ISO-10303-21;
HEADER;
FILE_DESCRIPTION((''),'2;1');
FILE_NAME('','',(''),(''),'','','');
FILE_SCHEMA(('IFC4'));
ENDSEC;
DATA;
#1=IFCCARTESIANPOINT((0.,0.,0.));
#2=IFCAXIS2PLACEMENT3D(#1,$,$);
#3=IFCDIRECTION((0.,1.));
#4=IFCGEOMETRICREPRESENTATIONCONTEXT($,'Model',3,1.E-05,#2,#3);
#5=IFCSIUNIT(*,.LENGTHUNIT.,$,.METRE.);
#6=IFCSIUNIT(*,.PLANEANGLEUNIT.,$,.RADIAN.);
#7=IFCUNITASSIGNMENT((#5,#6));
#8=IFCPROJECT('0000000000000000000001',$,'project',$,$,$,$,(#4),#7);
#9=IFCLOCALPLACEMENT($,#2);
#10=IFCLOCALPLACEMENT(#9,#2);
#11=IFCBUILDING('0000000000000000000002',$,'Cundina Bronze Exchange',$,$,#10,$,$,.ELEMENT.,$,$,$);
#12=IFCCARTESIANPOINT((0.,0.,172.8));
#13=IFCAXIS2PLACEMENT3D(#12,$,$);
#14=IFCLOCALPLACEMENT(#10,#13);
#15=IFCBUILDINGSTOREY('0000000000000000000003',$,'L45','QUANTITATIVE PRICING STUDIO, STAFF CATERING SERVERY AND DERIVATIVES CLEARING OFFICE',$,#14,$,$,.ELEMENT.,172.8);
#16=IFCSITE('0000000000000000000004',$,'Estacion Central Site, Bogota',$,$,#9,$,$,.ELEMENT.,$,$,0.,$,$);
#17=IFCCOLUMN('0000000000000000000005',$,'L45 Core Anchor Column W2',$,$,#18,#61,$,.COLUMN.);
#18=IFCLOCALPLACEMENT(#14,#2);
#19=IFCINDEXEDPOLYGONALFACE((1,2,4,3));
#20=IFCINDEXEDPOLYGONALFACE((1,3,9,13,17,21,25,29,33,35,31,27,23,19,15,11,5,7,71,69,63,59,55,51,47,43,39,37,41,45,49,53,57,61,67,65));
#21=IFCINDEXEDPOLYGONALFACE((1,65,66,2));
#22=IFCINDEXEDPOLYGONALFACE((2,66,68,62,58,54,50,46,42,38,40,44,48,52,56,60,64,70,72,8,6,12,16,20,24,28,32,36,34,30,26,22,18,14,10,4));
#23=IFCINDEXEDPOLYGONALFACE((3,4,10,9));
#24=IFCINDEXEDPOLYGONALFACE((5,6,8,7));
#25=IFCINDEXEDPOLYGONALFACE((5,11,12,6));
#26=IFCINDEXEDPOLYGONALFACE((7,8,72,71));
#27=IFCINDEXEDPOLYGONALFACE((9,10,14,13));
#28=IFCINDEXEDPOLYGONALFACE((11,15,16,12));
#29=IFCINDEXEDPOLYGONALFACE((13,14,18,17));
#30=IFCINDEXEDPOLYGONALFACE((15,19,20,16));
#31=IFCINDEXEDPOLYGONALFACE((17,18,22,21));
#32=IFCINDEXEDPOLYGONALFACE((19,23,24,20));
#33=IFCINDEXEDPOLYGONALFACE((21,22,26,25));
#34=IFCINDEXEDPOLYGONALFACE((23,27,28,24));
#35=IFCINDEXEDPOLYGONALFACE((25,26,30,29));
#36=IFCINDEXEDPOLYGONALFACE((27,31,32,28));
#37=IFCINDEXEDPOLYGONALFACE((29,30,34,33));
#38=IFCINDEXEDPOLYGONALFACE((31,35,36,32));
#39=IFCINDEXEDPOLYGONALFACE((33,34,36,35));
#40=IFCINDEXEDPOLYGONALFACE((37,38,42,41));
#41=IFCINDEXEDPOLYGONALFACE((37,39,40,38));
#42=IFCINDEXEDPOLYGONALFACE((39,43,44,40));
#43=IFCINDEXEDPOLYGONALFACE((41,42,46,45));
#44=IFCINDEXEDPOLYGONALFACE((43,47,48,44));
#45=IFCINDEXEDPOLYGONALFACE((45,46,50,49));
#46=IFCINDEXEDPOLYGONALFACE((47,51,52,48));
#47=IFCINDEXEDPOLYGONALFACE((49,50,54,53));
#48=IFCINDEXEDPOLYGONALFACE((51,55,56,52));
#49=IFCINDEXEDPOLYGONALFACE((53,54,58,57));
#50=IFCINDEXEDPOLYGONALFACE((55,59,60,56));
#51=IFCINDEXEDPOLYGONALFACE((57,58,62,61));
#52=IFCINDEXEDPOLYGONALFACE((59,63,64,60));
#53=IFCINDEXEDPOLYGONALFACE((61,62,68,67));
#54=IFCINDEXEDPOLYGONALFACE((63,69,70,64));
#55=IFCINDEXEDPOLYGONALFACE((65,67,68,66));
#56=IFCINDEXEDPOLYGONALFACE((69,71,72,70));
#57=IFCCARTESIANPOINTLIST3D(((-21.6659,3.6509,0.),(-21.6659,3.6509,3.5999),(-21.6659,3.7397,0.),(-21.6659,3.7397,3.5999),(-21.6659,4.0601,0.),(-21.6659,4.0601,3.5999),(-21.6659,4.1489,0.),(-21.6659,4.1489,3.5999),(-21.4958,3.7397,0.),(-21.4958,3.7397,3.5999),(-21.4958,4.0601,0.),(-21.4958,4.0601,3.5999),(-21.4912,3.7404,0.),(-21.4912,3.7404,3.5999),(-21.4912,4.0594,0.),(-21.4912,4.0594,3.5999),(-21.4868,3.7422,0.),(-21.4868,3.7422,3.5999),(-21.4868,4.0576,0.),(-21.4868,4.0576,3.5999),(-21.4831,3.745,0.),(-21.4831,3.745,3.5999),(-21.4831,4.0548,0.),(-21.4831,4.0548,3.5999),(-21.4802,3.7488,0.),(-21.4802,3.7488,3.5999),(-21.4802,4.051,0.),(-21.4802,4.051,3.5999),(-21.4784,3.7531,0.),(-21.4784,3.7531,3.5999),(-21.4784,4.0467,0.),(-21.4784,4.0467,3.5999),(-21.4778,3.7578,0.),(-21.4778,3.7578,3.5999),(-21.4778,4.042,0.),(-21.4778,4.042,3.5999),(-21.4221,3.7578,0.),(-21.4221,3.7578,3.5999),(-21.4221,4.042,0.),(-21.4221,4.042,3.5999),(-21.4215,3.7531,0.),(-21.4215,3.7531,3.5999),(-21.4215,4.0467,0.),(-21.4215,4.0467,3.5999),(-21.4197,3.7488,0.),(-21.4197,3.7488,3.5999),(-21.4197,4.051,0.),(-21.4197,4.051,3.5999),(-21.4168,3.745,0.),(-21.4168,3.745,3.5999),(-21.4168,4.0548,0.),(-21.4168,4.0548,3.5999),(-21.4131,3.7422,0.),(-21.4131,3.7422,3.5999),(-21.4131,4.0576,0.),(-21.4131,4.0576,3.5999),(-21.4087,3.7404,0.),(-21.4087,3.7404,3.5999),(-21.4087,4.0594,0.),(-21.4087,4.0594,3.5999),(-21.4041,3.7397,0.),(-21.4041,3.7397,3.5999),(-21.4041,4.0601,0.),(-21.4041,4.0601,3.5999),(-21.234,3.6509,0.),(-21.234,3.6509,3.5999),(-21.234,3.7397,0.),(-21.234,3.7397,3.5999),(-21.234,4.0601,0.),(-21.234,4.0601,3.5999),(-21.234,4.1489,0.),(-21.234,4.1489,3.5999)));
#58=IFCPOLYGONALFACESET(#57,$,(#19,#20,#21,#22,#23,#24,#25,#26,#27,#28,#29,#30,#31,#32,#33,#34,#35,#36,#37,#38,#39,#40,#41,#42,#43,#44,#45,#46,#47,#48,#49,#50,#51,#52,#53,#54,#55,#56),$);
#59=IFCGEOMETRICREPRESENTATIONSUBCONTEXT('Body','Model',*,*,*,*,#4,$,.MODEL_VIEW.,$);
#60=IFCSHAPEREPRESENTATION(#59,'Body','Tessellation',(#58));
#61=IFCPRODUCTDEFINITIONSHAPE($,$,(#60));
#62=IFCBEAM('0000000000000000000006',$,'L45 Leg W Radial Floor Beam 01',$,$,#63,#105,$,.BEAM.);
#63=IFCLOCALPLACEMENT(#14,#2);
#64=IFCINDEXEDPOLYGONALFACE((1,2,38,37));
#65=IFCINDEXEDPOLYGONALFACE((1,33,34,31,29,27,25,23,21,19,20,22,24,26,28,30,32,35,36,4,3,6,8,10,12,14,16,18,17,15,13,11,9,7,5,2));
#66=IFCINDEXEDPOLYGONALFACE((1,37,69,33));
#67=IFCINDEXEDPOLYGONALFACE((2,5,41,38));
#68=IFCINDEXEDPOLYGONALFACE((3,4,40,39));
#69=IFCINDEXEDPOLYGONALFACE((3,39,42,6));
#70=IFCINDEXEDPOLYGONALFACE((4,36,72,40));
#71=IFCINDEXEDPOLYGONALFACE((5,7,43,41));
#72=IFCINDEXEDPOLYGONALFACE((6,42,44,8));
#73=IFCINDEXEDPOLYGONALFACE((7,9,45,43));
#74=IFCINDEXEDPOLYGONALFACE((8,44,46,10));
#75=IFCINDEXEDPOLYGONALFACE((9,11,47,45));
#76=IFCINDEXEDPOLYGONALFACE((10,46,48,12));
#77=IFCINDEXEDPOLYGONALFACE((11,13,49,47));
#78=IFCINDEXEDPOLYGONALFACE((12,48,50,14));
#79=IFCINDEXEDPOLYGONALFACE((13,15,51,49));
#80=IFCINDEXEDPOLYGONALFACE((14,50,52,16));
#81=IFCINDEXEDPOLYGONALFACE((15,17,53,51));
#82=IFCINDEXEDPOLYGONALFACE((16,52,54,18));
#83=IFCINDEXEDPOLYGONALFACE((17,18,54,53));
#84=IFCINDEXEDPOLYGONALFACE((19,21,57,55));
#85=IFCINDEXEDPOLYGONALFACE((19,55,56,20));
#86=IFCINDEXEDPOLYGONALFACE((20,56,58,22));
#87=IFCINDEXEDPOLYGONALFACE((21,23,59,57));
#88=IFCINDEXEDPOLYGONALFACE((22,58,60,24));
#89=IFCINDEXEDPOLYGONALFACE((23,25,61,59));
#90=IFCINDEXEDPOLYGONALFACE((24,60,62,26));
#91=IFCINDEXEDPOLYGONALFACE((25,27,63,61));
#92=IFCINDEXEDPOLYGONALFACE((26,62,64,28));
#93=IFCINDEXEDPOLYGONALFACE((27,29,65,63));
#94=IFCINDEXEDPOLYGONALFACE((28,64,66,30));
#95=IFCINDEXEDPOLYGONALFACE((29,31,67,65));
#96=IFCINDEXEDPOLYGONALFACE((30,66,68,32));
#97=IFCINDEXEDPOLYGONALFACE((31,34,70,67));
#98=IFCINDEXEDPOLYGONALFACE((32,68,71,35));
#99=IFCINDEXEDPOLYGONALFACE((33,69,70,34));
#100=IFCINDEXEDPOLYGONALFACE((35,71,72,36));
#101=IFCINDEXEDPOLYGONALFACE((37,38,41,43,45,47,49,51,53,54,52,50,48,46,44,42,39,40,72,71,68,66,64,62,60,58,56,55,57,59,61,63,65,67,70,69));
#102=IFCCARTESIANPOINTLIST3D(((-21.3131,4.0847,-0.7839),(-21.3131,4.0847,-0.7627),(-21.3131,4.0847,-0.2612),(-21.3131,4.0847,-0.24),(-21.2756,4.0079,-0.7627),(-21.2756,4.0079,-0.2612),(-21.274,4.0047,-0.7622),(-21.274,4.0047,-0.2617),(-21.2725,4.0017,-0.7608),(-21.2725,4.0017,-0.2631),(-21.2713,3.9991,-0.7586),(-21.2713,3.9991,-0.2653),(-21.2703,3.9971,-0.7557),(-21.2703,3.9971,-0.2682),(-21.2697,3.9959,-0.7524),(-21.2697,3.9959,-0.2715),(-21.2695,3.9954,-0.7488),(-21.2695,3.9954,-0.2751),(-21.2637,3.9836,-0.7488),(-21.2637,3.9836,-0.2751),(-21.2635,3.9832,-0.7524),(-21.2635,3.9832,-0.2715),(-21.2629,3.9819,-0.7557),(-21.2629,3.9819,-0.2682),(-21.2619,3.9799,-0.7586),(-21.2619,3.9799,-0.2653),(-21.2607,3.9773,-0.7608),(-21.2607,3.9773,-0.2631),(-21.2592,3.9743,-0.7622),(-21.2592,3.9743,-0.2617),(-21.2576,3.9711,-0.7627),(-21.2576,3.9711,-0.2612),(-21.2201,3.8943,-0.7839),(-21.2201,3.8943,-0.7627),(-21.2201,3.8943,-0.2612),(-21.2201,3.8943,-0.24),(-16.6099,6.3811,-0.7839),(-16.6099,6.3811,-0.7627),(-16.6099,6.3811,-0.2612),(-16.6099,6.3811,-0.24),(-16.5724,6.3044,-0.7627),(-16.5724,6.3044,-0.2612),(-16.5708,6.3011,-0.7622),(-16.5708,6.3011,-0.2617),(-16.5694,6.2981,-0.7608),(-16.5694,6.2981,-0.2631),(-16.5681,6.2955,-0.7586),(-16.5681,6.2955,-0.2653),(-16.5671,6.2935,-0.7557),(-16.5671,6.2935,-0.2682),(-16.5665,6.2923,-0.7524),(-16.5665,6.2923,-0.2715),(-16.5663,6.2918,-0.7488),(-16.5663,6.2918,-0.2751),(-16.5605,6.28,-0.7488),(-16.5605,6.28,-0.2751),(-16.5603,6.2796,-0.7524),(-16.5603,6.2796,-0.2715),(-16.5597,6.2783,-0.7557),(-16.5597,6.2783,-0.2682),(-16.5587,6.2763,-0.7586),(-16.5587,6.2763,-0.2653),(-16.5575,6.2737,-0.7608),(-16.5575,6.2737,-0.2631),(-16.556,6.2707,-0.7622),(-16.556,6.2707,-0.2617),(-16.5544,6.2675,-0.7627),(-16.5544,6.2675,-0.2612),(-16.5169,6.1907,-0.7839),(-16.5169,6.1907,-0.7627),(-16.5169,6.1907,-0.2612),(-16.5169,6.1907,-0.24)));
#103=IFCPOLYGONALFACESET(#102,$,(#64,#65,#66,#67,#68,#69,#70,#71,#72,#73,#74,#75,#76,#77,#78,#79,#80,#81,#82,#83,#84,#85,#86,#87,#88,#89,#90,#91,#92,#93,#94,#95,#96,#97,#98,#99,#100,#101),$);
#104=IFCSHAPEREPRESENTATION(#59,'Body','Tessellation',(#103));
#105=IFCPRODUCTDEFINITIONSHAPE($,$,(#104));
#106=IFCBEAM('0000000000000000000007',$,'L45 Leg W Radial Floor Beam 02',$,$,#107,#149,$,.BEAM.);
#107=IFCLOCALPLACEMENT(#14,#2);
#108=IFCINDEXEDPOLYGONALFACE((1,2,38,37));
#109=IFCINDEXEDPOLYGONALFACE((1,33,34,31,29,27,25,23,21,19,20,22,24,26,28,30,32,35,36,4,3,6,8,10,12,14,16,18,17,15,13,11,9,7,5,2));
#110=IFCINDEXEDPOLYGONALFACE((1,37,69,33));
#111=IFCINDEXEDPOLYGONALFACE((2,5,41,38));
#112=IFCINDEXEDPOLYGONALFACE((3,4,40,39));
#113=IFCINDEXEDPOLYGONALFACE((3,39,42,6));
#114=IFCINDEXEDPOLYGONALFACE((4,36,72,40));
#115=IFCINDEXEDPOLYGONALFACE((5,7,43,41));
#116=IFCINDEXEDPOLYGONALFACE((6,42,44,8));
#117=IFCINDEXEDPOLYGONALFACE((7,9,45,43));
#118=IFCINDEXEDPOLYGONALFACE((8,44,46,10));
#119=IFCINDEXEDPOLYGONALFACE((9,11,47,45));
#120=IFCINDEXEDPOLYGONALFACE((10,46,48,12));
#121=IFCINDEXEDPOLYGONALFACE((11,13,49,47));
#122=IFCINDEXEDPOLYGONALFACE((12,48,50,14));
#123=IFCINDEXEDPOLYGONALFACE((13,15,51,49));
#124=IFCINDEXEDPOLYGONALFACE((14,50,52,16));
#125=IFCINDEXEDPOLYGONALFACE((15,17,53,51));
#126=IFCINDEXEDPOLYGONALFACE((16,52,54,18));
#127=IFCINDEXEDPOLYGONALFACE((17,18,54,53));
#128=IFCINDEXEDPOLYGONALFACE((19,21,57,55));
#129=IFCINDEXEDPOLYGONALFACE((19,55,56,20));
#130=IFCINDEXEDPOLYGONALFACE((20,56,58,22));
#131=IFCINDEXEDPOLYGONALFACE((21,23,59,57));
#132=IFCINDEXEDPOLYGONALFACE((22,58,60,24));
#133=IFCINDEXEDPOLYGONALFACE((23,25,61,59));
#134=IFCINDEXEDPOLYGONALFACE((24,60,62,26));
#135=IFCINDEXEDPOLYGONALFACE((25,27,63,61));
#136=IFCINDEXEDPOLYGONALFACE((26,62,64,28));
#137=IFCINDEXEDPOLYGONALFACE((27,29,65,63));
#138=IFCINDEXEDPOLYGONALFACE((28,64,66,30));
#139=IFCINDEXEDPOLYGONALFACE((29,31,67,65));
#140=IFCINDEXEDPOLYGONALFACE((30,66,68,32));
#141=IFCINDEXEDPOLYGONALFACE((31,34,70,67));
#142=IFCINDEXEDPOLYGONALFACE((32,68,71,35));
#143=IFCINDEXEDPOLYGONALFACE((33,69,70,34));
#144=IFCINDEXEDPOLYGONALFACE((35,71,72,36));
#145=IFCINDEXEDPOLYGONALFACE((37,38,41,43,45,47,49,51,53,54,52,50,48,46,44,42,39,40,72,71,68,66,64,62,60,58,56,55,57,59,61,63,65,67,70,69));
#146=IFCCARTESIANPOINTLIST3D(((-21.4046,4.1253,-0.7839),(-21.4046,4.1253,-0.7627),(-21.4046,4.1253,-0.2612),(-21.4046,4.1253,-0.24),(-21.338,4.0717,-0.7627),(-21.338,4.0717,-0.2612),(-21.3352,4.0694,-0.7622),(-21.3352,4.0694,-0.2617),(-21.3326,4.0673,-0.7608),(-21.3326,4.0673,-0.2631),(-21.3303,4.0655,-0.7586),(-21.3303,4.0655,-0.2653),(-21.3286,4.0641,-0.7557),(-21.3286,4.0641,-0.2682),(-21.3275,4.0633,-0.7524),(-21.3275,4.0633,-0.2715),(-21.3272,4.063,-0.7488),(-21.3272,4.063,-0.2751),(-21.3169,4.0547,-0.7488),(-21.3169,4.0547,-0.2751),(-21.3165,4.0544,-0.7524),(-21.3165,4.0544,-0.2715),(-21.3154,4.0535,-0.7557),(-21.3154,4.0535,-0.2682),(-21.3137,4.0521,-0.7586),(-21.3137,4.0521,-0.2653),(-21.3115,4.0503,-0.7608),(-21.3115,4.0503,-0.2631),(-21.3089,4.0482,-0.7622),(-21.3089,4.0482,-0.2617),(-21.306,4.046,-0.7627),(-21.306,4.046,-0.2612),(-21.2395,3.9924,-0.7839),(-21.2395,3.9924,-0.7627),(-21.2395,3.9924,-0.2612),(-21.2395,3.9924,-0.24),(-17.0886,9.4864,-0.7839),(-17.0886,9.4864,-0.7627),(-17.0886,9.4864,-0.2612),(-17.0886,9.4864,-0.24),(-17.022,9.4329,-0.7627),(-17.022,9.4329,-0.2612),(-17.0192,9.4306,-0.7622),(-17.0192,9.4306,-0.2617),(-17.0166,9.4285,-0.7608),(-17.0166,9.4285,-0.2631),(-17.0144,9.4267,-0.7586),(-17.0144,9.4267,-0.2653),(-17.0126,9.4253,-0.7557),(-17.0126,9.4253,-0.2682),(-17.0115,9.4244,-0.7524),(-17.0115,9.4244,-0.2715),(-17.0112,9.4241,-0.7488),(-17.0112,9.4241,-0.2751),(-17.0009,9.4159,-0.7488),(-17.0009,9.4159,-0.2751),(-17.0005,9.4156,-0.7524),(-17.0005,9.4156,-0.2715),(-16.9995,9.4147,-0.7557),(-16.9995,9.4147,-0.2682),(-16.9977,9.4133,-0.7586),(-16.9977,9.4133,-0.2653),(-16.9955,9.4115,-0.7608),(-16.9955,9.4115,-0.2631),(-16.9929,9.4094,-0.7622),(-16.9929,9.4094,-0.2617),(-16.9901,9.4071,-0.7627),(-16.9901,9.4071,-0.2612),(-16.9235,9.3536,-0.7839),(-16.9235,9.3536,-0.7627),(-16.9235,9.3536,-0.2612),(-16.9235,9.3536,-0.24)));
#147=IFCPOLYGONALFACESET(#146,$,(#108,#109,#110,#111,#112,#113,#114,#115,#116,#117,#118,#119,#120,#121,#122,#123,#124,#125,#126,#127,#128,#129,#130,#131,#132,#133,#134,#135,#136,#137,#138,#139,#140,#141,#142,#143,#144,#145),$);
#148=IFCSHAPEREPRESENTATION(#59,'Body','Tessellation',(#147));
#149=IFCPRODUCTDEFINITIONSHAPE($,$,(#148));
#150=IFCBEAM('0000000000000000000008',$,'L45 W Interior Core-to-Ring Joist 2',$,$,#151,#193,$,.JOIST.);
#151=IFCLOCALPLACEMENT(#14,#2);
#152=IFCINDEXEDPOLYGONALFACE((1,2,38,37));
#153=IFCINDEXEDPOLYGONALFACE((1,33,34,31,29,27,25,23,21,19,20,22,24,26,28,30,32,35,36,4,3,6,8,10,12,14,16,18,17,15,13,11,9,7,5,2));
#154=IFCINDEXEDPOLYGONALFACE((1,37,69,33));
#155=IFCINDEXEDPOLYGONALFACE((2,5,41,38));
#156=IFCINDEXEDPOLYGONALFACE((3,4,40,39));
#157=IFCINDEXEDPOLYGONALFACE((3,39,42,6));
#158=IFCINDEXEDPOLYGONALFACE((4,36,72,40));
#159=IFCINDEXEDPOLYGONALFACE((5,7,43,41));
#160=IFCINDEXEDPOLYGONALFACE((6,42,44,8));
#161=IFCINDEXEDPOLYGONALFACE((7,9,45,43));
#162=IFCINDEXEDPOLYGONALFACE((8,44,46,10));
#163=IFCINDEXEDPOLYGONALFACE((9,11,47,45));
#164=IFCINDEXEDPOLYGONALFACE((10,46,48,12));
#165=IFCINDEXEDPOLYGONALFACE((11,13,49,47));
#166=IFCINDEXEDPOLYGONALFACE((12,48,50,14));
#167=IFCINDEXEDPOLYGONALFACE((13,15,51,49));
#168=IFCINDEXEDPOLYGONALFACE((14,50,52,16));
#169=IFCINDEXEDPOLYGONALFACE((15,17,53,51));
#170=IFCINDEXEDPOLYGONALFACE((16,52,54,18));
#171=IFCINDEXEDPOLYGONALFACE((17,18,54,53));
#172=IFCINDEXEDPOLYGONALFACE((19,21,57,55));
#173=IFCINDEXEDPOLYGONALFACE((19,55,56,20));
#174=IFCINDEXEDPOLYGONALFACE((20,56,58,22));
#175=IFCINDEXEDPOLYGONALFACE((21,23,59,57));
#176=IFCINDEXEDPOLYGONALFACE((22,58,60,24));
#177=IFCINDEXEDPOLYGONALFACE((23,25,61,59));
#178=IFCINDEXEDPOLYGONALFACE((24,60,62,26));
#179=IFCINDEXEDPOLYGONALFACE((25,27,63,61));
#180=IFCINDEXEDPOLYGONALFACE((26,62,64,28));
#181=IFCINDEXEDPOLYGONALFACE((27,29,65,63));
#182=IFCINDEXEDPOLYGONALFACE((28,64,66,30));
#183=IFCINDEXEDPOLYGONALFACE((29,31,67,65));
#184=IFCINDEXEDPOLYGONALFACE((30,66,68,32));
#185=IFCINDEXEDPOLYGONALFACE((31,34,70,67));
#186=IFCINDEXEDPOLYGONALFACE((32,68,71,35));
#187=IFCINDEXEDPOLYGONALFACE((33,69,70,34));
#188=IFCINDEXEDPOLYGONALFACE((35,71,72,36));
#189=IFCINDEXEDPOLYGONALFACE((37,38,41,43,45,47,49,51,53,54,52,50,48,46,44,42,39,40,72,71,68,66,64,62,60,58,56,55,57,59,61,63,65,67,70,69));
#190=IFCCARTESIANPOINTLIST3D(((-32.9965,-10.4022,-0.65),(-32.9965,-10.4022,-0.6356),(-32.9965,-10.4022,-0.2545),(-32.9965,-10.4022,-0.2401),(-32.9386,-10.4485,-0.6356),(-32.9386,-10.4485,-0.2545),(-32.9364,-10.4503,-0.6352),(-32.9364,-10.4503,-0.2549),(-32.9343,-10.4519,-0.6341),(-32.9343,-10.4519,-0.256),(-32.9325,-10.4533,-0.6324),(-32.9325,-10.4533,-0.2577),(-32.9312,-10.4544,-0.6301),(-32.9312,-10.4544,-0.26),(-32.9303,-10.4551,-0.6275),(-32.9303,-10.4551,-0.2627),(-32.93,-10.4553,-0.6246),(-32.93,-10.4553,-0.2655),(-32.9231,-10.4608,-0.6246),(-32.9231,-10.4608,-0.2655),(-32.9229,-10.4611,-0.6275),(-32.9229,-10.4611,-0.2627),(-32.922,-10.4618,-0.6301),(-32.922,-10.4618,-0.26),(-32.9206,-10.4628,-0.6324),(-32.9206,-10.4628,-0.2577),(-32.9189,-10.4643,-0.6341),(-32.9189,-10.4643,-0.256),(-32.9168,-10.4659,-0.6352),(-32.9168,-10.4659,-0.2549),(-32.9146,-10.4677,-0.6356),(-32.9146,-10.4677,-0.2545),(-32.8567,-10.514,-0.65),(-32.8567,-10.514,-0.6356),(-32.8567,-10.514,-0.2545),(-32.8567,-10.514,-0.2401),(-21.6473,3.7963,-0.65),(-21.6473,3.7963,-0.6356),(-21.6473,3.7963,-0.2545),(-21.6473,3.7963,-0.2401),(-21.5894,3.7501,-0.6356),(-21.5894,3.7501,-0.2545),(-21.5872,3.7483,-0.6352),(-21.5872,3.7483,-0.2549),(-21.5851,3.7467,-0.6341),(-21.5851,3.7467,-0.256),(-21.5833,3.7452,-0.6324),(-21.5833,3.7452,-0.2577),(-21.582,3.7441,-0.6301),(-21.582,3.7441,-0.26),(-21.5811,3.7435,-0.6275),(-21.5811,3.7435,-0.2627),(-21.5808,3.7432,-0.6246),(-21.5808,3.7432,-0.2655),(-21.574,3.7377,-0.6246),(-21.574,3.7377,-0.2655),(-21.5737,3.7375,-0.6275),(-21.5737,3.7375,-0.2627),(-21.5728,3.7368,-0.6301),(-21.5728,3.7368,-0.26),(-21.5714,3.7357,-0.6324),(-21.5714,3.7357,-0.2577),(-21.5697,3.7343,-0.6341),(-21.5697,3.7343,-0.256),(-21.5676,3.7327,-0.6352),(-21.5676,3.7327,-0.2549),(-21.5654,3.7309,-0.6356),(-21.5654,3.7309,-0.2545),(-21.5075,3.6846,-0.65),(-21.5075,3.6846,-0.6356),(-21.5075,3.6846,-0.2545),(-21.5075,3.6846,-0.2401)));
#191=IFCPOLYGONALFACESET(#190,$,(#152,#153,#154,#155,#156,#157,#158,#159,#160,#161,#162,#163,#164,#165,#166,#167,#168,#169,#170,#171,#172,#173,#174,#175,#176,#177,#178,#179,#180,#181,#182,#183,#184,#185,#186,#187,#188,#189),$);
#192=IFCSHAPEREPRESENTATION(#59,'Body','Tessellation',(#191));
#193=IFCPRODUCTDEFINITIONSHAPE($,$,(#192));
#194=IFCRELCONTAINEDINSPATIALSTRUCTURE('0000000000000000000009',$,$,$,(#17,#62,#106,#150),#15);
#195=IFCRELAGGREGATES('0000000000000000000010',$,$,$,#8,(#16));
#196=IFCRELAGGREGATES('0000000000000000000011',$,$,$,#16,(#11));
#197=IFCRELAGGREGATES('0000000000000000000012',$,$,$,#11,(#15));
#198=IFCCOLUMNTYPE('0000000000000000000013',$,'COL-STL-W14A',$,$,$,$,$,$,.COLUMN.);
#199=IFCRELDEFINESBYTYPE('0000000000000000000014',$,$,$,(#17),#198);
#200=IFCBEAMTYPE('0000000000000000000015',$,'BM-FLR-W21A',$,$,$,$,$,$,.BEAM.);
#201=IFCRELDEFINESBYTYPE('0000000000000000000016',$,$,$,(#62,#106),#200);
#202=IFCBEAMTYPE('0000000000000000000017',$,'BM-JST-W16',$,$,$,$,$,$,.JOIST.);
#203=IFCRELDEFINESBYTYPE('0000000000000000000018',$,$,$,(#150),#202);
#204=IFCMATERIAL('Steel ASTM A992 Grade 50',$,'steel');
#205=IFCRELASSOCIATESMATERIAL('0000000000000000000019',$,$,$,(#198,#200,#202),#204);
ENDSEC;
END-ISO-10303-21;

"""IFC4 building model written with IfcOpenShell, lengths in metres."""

from ifc_helpers import new_model, si_unit, direction, frame, origin, origin_2d, place, context, subcontext, project, spatial, i_section, extrude, material, material_profile, profile_set, type_object, element, save


model = new_model("IFC4")

# Units and contexts
model_context = context("Model", 3, precision=1e-05, world=origin(), true_north=direction((0.0, 1.0)))
body_context = subcontext(model_context, "Body", "Model", "MODEL_VIEW")
ifc_project = project(units=[si_unit("LENGTHUNIT", "METRE"), si_unit("PLANEANGLEUNIT", "RADIAN")], contexts=[model_context])

# Site, building, storey
site_placement = place(None, origin())
site = spatial("IfcSite", under=ifc_project, at=site_placement, Name="Estacion Central Site, Bogota", CompositionType="ELEMENT", RefElevation=0.0)
building_placement = place(site_placement, origin())
building = spatial("IfcBuilding", under=site, at=building_placement, Name="Cundina Bronze Exchange", CompositionType="ELEMENT")
storey_placement = place(building_placement, frame((0.0, 0.0, 172.8)))
storey = spatial("IfcBuildingStorey", under=building, at=storey_placement, Name="L45", Description="QUANTITATIVE PRICING STUDIO, STAFF CATERING SERVERY AND DERIVATIVES CLEARING OFFICE", CompositionType="ELEMENT", Elevation=172.8)

# Column
ifc_material_1 = material(Name="Steel ASTM A992 Grade 50", Category="steel")
ifc_material_profile_1 = material_profile(ifc_material_1, i_section(OverallWidth=0.4319, OverallDepth=0.498, WebThickness=0.0557, FlangeThickness=0.0889, FilletRadius=0.0181, at=origin_2d()), Name="W14X500", Category="steel")
ifc_profile_set_1 = profile_set([ifc_material_profile_1], Name="Steel ASTM A992 Grade 50")
column_type = type_object("IfcColumnType", Name="COL-STL-W14A", PredefinedType="COLUMN", material=ifc_profile_set_1)
column_placement = place(storey_placement, frame((-21.45, 3.8999, 0.0), z_axis=(0.0, 0.0, 1.0), x_axis=(1.0, 0.0, 0.0)))
element("IfcColumn", 1, at=column_placement, inside=storey, type_object=column_type, Name="L45 Core Anchor Column W2", PredefinedType="COLUMN", context=body_context, shape_type="SweptSolid", body=[
    extrude(i_section(OverallWidth=0.4319, OverallDepth=0.498, WebThickness=0.0557, FlangeThickness=0.0889, FilletRadius=0.0181, at=origin_2d()), origin(), (0.0, 0.0, 1.0), 3.5999),
])

# Beams
ifc_material_profile_2 = material_profile(ifc_material_1, i_section(OverallWidth=0.2119, OverallDepth=0.5439, WebThickness=0.0132, FlangeThickness=0.0212, FilletRadius=0.0139, at=origin_2d()), Name="W21X83", Category="steel")
ifc_profile_set_2 = profile_set([ifc_material_profile_2], Name="Steel ASTM A992 Grade 50")
beam_type_1 = type_object("IfcBeamType", Name="BM-FLR-W21A", PredefinedType="BEAM", material=ifc_profile_set_2)
beam_1_placement = place(storey_placement, frame((-21.2666, 3.9895, -0.512), z_axis=(0.898604, 0.43876, 0.0), x_axis=(-0.43876, 0.898604, 0.0)))
element("IfcBeam", 2, at=beam_1_placement, inside=storey, type_object=beam_type_1, Name="L45 Leg W Radial Floor Beam 01", PredefinedType="BEAM", context=body_context, shape_type="SweptSolid", body=[
    extrude(i_section(OverallWidth=0.2119, OverallDepth=0.5439, WebThickness=0.0132, FlangeThickness=0.0212, FilletRadius=0.0139, at=origin_2d()), origin(), (0.0, 0.0, 1.0), 5.2339),
])
beam_2_placement = place(storey_placement, frame((-21.322, 4.0588, -0.512), z_axis=(0.627089, 0.778948, 0.0), x_axis=(-0.778948, 0.627089, 0.0)))
element("IfcBeam", 3, at=beam_2_placement, inside=storey, type_object=beam_type_1, Name="L45 Leg W Radial Floor Beam 02", PredefinedType="BEAM", context=body_context, shape_type="SweptSolid", body=[
    extrude(i_section(OverallWidth=0.2119, OverallDepth=0.5439, WebThickness=0.0132, FlangeThickness=0.0212, FilletRadius=0.0139, at=origin_2d()), origin(), (0.0, 0.0, 1.0), 6.8826),
])
ifc_material_profile_3 = material_profile(ifc_material_1, i_section(OverallWidth=0.179, OverallDepth=0.4099, WebThickness=0.0088, FlangeThickness=0.0144, FilletRadius=0.011, at=origin_2d()), Name="W16X45", Category="steel")
ifc_profile_set_3 = profile_set([ifc_material_profile_3], Name="Steel ASTM A992 Grade 50")
beam_type_2 = type_object("IfcBeamType", Name="BM-JST-W16", PredefinedType="JOIST", material=ifc_profile_set_3)
beam_3_placement = place(storey_placement, frame((-21.5774, 3.7405, -0.4451), z_axis=(-0.624371, -0.781128, 0.0), x_axis=(0.781128, -0.624371, 0.0)))
element("IfcBeam", 4, at=beam_3_placement, inside=storey, type_object=beam_type_2, Name="L45 W Interior Core-to-Ring Joist 2", PredefinedType="JOIST", context=body_context, shape_type="SweptSolid", body=[
    extrude(i_section(OverallWidth=0.179, OverallDepth=0.4099, WebThickness=0.0088, FlangeThickness=0.0144, FilletRadius=0.011, at=origin_2d()), origin(), (0.0, 0.0, 1.0), 18.177),
])

save(model, "model.ifc")
